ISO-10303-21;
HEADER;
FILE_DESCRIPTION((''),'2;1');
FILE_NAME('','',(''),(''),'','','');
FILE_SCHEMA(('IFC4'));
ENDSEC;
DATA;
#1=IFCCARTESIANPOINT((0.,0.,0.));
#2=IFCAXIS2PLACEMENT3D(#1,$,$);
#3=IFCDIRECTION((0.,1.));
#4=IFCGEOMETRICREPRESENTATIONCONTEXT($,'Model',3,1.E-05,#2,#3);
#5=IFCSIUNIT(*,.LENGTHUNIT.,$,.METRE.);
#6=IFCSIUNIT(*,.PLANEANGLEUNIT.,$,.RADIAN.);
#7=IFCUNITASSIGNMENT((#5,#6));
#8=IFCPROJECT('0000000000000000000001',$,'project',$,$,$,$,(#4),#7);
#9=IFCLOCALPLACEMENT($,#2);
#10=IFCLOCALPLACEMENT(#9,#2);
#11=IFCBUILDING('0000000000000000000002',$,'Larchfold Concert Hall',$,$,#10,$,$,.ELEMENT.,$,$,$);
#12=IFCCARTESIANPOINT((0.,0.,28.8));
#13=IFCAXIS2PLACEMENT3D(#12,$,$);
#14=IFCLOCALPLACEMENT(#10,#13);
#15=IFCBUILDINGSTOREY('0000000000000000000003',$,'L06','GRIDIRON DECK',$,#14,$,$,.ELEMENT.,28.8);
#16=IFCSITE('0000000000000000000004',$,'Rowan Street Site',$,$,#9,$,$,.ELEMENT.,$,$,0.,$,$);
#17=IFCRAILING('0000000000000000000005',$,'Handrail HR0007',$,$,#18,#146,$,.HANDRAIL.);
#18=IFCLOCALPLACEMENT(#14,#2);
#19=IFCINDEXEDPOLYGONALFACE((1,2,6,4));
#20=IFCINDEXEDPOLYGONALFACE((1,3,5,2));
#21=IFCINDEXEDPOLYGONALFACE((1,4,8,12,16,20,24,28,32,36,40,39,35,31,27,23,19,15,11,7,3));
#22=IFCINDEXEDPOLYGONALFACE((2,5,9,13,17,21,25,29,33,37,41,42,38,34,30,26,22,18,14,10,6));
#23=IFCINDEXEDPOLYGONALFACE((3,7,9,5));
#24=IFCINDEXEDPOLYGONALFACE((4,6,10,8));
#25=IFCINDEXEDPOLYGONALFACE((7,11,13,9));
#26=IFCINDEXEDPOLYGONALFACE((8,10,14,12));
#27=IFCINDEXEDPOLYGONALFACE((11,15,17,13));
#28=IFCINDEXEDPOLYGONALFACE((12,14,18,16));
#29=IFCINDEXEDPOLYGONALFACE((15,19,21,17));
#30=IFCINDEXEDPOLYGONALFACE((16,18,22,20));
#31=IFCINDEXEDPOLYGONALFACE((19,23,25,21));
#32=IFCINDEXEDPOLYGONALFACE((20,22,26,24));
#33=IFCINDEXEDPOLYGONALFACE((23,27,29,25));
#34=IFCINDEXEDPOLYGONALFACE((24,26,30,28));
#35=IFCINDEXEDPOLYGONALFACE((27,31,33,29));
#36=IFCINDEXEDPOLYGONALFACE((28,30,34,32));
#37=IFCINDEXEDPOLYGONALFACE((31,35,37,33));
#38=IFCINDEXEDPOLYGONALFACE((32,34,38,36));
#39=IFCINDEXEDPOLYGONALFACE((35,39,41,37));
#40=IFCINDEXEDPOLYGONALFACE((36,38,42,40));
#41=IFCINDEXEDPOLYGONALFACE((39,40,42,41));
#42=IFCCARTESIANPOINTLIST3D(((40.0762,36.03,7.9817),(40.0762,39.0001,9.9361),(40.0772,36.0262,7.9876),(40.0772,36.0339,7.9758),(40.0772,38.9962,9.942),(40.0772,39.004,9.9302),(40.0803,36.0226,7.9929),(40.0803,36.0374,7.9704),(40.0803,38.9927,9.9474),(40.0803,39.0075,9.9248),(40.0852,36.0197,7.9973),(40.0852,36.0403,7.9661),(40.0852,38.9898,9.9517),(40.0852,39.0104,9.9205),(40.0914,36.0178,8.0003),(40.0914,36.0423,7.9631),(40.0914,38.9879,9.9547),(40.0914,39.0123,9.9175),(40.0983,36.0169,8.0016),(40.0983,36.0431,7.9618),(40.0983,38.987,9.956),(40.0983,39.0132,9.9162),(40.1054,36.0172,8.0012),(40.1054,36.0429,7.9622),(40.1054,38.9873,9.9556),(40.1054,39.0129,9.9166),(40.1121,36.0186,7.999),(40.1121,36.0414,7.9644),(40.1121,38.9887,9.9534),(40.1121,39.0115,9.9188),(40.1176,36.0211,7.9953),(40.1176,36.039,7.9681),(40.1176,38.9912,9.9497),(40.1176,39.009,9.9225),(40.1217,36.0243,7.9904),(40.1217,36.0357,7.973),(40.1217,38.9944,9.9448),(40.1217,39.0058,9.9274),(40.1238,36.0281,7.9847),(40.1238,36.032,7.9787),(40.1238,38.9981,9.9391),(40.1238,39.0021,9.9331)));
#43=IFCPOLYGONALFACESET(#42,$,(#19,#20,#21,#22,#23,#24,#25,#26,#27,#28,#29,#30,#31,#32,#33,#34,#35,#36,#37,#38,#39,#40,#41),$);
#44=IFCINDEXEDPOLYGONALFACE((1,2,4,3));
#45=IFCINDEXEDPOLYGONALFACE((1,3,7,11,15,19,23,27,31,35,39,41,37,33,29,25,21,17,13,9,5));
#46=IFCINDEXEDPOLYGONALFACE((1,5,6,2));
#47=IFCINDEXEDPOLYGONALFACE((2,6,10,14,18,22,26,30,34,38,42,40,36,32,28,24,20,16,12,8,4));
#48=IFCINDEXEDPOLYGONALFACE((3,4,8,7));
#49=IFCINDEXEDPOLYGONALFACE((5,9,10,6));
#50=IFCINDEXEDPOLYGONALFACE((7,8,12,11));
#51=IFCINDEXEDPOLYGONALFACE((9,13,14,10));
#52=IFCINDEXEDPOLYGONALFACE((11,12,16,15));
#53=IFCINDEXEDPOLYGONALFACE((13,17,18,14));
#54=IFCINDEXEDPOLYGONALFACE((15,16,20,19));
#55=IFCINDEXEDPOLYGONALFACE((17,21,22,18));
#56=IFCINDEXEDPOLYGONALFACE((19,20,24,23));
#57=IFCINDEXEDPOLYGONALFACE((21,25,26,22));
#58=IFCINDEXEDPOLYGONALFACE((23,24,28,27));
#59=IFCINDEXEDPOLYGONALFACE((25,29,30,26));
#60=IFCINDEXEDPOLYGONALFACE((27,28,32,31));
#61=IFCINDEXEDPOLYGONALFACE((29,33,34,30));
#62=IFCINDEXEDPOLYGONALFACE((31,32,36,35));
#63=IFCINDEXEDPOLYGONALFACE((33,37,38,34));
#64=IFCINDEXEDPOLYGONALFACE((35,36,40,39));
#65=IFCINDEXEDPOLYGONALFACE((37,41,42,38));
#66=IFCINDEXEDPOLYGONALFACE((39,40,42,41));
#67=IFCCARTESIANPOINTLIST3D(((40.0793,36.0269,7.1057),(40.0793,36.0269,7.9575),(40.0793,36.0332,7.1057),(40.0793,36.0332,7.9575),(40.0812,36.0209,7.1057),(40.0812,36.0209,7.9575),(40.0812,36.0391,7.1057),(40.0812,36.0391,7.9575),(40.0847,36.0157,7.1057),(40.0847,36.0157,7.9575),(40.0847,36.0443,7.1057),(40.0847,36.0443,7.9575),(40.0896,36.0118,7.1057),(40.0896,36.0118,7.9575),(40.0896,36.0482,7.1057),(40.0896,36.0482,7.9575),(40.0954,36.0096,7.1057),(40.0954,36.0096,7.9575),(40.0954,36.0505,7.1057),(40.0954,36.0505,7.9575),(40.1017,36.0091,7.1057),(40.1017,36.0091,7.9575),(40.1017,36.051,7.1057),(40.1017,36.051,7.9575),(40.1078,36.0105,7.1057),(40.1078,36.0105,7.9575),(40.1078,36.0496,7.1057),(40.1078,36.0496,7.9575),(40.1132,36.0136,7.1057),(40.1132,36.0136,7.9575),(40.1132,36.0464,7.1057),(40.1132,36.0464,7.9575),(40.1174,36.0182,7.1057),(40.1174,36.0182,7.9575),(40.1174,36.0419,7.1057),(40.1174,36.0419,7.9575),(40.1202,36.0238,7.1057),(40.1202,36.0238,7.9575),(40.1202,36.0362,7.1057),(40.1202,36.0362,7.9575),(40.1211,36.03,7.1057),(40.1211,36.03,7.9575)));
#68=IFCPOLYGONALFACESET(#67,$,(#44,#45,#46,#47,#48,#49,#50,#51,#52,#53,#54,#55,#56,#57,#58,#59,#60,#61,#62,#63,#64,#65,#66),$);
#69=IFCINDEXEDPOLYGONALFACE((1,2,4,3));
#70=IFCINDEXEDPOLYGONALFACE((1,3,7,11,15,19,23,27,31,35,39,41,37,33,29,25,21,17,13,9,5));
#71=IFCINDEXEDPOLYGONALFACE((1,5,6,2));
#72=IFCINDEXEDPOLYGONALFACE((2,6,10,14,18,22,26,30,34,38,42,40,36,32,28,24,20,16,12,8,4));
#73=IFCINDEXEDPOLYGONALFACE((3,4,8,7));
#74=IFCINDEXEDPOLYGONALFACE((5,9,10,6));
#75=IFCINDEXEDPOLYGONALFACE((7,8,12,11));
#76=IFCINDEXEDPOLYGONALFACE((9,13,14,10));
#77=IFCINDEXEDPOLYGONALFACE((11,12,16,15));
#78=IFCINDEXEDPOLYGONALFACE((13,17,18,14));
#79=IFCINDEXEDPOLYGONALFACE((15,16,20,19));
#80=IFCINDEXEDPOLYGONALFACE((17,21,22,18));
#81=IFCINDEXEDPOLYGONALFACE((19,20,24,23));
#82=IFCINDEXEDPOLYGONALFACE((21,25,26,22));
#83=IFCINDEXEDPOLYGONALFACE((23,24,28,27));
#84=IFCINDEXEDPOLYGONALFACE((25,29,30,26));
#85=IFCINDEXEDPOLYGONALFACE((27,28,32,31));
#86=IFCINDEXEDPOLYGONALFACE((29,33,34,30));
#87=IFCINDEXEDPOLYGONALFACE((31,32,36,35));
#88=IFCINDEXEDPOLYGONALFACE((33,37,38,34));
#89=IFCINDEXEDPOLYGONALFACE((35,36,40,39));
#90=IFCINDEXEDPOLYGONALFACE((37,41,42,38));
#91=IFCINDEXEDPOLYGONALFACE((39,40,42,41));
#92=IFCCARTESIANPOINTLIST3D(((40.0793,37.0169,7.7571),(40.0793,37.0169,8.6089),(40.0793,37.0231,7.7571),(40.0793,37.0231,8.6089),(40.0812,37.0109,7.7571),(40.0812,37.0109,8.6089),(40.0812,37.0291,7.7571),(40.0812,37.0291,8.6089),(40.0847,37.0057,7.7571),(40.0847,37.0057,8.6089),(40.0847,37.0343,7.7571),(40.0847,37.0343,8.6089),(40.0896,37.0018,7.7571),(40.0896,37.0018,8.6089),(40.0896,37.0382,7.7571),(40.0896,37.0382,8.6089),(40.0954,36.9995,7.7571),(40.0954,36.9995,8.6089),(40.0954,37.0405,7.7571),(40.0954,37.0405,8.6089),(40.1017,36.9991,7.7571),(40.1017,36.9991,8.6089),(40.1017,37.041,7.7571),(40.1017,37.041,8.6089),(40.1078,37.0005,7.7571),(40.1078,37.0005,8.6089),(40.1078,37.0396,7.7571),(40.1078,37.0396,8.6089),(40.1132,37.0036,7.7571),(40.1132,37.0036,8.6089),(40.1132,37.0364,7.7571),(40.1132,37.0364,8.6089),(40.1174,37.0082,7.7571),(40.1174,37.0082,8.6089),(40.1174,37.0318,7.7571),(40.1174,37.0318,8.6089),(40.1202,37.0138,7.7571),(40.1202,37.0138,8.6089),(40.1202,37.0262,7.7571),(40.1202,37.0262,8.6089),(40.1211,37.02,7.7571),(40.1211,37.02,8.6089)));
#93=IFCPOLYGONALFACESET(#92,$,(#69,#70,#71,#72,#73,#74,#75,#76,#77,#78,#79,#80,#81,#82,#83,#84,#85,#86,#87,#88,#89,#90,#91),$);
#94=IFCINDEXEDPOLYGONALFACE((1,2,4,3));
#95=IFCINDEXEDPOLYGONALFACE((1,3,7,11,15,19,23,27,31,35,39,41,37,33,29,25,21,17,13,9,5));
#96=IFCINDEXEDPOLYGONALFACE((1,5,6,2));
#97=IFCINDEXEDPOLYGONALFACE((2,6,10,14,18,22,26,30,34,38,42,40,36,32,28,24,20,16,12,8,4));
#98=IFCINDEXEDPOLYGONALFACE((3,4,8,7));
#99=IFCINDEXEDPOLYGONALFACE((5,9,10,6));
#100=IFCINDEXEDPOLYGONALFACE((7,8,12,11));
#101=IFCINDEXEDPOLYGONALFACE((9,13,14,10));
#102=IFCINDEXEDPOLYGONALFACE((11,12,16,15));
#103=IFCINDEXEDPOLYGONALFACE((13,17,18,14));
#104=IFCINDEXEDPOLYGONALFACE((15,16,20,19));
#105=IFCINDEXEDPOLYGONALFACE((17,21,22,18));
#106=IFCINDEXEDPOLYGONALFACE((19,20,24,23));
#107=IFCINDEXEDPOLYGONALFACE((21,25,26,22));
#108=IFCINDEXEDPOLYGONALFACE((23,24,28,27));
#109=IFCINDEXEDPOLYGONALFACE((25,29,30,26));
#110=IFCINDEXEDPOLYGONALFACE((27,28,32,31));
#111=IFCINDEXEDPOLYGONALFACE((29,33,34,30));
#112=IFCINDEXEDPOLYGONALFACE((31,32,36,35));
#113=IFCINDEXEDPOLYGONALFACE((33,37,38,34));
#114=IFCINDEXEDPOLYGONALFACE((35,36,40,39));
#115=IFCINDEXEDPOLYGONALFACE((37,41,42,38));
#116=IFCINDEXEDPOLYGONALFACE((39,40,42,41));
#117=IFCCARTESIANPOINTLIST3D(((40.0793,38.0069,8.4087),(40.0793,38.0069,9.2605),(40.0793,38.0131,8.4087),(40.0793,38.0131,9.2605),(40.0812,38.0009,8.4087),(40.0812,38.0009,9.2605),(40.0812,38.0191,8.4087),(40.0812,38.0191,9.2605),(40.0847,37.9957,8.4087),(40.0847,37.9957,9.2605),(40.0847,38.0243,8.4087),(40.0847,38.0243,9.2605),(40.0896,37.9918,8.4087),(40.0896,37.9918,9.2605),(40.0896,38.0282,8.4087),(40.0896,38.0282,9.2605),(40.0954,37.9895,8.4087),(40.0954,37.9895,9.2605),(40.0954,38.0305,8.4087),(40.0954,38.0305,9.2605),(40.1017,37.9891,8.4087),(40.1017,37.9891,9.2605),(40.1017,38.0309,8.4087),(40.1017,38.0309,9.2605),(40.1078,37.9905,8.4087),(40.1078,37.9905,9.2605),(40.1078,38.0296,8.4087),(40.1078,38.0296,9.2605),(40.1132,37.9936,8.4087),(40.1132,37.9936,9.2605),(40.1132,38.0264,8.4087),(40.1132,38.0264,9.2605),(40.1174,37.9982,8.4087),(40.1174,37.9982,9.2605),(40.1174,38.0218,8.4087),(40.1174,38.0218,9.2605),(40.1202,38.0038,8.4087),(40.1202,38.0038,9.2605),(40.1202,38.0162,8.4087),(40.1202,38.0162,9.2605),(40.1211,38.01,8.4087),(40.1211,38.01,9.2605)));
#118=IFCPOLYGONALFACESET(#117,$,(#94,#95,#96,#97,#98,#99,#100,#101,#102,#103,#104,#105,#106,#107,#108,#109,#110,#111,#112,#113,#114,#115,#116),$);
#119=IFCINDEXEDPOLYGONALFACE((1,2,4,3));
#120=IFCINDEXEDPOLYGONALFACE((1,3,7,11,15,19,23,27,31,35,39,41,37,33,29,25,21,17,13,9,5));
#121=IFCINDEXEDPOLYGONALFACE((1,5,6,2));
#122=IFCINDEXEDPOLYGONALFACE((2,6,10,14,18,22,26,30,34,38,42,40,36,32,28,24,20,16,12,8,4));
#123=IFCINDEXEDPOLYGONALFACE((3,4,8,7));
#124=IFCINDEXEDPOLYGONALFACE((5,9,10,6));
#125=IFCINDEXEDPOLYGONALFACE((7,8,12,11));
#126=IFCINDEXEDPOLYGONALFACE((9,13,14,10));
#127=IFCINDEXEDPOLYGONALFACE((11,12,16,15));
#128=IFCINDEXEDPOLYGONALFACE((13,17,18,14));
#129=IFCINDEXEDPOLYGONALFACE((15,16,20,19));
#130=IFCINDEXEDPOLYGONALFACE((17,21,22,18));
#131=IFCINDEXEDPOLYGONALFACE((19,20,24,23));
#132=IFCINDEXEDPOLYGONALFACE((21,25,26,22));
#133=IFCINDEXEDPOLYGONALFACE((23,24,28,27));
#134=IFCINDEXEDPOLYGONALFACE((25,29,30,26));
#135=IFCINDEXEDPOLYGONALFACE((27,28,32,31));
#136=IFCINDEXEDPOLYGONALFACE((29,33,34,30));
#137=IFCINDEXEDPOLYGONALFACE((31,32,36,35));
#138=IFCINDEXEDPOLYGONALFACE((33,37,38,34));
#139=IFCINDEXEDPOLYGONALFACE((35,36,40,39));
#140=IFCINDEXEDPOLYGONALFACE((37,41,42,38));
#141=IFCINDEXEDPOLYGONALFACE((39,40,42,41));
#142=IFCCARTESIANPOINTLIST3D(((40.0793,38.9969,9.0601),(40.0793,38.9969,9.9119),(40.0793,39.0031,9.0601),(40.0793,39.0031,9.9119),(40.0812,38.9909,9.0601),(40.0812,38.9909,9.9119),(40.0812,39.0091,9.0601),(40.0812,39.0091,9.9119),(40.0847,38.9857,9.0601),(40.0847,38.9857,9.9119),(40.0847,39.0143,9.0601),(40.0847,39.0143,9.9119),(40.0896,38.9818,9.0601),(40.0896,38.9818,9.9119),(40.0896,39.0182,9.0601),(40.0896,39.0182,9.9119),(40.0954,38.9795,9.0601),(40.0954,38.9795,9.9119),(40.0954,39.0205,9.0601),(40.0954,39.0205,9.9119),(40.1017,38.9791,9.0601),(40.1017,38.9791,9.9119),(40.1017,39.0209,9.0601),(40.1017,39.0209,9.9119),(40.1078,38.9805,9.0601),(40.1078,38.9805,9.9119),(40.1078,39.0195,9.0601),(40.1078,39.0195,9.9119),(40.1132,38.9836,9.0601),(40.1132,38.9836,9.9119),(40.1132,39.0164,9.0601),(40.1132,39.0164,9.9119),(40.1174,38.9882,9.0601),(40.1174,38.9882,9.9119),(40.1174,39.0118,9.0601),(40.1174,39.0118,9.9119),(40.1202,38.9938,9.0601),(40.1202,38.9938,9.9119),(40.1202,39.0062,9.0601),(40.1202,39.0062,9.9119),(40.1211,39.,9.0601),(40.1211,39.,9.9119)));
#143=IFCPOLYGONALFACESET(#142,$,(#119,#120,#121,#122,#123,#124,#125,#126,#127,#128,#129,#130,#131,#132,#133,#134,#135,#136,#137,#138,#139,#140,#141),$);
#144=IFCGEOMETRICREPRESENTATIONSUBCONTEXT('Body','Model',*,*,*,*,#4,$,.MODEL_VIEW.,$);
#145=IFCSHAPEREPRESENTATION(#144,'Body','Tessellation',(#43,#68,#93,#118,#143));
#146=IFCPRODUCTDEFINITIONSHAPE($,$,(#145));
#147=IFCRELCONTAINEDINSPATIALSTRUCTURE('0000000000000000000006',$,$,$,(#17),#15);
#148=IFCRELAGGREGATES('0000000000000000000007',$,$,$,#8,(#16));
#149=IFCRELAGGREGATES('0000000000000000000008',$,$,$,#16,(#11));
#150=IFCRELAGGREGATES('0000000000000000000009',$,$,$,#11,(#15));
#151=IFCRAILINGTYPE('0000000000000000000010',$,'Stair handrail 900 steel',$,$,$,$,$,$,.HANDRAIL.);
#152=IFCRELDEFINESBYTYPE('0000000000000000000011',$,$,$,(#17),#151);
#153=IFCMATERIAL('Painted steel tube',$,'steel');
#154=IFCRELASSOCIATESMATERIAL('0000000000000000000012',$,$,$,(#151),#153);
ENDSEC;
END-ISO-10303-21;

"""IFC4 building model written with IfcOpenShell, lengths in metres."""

from ifc_helpers import new_model, si_unit, direction, frame, origin, origin_2d, place, context, subcontext, project, spatial, circle, extrude, material, type_object, element, save


model = new_model("IFC4")

# Units and contexts
model_context = context("Model", 3, precision=1e-05, world=origin(), true_north=direction((0.0, 1.0)))
body_context = subcontext(model_context, "Body", "Model", "MODEL_VIEW")
ifc_project = project(units=[si_unit("LENGTHUNIT", "METRE"), si_unit("PLANEANGLEUNIT", "RADIAN")], contexts=[model_context])

# Site, building, storey
site_placement = place(None, origin())
site = spatial("IfcSite", under=ifc_project, at=site_placement, Name="Rowan Street Site", CompositionType="ELEMENT", RefElevation=0.0)
building_placement = place(site_placement, origin())
building = spatial("IfcBuilding", under=site, at=building_placement, Name="Larchfold Concert Hall", CompositionType="ELEMENT")
storey_placement = place(building_placement, frame((0.0, 0.0, 28.8)))
storey = spatial("IfcBuildingStorey", under=building, at=storey_placement, Name="L06", Description="GRIDIRON DECK", CompositionType="ELEMENT", Elevation=28.8)

# Railing
ifc_material_1 = material(Name="Painted steel tube", Category="steel")
railing_type_1 = type_object("IfcRailingType", Name="Stair handrail 900 steel", PredefinedType="HANDRAIL", material=ifc_material_1)
for number, where, name in (
    (1, (40.1001, 36.03, 7.1057), "Handrail HR0007"),
):
    element("IfcRailing", number, at=place(storey_placement, frame(where)), inside=storey, type_object=railing_type_1, Name=name, PredefinedType="HANDRAIL", context=body_context, shape_type="SweptSolid", body=[
        extrude(circle(Radius=0.0239, at=origin_2d()), frame((0.0, 0.0, 0.876), z_axis=(0.0, 0.835363, 0.549698), x_axis=(-1.0, 0.0, 0.0)), (0.0, 0.0, 1.0), 3.5554),
        extrude(circle(Radius=0.021, at=origin_2d()), origin(), (0.0, 0.0, 1.0), 0.8518),
        extrude(circle(Radius=0.021, at=origin_2d()), frame((0.0, 0.99, 0.6514)), (0.0, 0.0, 1.0), 0.8518),
        extrude(circle(Radius=0.021, at=origin_2d()), frame((0.0, 1.98, 1.303)), (0.0, 0.0, 1.0), 0.8518),
        extrude(circle(Radius=0.021, at=origin_2d()), frame((0.0, 2.97, 1.9543)), (0.0, 0.0, 1.0), 0.8518),
    ])

save(model, "model.ifc")
